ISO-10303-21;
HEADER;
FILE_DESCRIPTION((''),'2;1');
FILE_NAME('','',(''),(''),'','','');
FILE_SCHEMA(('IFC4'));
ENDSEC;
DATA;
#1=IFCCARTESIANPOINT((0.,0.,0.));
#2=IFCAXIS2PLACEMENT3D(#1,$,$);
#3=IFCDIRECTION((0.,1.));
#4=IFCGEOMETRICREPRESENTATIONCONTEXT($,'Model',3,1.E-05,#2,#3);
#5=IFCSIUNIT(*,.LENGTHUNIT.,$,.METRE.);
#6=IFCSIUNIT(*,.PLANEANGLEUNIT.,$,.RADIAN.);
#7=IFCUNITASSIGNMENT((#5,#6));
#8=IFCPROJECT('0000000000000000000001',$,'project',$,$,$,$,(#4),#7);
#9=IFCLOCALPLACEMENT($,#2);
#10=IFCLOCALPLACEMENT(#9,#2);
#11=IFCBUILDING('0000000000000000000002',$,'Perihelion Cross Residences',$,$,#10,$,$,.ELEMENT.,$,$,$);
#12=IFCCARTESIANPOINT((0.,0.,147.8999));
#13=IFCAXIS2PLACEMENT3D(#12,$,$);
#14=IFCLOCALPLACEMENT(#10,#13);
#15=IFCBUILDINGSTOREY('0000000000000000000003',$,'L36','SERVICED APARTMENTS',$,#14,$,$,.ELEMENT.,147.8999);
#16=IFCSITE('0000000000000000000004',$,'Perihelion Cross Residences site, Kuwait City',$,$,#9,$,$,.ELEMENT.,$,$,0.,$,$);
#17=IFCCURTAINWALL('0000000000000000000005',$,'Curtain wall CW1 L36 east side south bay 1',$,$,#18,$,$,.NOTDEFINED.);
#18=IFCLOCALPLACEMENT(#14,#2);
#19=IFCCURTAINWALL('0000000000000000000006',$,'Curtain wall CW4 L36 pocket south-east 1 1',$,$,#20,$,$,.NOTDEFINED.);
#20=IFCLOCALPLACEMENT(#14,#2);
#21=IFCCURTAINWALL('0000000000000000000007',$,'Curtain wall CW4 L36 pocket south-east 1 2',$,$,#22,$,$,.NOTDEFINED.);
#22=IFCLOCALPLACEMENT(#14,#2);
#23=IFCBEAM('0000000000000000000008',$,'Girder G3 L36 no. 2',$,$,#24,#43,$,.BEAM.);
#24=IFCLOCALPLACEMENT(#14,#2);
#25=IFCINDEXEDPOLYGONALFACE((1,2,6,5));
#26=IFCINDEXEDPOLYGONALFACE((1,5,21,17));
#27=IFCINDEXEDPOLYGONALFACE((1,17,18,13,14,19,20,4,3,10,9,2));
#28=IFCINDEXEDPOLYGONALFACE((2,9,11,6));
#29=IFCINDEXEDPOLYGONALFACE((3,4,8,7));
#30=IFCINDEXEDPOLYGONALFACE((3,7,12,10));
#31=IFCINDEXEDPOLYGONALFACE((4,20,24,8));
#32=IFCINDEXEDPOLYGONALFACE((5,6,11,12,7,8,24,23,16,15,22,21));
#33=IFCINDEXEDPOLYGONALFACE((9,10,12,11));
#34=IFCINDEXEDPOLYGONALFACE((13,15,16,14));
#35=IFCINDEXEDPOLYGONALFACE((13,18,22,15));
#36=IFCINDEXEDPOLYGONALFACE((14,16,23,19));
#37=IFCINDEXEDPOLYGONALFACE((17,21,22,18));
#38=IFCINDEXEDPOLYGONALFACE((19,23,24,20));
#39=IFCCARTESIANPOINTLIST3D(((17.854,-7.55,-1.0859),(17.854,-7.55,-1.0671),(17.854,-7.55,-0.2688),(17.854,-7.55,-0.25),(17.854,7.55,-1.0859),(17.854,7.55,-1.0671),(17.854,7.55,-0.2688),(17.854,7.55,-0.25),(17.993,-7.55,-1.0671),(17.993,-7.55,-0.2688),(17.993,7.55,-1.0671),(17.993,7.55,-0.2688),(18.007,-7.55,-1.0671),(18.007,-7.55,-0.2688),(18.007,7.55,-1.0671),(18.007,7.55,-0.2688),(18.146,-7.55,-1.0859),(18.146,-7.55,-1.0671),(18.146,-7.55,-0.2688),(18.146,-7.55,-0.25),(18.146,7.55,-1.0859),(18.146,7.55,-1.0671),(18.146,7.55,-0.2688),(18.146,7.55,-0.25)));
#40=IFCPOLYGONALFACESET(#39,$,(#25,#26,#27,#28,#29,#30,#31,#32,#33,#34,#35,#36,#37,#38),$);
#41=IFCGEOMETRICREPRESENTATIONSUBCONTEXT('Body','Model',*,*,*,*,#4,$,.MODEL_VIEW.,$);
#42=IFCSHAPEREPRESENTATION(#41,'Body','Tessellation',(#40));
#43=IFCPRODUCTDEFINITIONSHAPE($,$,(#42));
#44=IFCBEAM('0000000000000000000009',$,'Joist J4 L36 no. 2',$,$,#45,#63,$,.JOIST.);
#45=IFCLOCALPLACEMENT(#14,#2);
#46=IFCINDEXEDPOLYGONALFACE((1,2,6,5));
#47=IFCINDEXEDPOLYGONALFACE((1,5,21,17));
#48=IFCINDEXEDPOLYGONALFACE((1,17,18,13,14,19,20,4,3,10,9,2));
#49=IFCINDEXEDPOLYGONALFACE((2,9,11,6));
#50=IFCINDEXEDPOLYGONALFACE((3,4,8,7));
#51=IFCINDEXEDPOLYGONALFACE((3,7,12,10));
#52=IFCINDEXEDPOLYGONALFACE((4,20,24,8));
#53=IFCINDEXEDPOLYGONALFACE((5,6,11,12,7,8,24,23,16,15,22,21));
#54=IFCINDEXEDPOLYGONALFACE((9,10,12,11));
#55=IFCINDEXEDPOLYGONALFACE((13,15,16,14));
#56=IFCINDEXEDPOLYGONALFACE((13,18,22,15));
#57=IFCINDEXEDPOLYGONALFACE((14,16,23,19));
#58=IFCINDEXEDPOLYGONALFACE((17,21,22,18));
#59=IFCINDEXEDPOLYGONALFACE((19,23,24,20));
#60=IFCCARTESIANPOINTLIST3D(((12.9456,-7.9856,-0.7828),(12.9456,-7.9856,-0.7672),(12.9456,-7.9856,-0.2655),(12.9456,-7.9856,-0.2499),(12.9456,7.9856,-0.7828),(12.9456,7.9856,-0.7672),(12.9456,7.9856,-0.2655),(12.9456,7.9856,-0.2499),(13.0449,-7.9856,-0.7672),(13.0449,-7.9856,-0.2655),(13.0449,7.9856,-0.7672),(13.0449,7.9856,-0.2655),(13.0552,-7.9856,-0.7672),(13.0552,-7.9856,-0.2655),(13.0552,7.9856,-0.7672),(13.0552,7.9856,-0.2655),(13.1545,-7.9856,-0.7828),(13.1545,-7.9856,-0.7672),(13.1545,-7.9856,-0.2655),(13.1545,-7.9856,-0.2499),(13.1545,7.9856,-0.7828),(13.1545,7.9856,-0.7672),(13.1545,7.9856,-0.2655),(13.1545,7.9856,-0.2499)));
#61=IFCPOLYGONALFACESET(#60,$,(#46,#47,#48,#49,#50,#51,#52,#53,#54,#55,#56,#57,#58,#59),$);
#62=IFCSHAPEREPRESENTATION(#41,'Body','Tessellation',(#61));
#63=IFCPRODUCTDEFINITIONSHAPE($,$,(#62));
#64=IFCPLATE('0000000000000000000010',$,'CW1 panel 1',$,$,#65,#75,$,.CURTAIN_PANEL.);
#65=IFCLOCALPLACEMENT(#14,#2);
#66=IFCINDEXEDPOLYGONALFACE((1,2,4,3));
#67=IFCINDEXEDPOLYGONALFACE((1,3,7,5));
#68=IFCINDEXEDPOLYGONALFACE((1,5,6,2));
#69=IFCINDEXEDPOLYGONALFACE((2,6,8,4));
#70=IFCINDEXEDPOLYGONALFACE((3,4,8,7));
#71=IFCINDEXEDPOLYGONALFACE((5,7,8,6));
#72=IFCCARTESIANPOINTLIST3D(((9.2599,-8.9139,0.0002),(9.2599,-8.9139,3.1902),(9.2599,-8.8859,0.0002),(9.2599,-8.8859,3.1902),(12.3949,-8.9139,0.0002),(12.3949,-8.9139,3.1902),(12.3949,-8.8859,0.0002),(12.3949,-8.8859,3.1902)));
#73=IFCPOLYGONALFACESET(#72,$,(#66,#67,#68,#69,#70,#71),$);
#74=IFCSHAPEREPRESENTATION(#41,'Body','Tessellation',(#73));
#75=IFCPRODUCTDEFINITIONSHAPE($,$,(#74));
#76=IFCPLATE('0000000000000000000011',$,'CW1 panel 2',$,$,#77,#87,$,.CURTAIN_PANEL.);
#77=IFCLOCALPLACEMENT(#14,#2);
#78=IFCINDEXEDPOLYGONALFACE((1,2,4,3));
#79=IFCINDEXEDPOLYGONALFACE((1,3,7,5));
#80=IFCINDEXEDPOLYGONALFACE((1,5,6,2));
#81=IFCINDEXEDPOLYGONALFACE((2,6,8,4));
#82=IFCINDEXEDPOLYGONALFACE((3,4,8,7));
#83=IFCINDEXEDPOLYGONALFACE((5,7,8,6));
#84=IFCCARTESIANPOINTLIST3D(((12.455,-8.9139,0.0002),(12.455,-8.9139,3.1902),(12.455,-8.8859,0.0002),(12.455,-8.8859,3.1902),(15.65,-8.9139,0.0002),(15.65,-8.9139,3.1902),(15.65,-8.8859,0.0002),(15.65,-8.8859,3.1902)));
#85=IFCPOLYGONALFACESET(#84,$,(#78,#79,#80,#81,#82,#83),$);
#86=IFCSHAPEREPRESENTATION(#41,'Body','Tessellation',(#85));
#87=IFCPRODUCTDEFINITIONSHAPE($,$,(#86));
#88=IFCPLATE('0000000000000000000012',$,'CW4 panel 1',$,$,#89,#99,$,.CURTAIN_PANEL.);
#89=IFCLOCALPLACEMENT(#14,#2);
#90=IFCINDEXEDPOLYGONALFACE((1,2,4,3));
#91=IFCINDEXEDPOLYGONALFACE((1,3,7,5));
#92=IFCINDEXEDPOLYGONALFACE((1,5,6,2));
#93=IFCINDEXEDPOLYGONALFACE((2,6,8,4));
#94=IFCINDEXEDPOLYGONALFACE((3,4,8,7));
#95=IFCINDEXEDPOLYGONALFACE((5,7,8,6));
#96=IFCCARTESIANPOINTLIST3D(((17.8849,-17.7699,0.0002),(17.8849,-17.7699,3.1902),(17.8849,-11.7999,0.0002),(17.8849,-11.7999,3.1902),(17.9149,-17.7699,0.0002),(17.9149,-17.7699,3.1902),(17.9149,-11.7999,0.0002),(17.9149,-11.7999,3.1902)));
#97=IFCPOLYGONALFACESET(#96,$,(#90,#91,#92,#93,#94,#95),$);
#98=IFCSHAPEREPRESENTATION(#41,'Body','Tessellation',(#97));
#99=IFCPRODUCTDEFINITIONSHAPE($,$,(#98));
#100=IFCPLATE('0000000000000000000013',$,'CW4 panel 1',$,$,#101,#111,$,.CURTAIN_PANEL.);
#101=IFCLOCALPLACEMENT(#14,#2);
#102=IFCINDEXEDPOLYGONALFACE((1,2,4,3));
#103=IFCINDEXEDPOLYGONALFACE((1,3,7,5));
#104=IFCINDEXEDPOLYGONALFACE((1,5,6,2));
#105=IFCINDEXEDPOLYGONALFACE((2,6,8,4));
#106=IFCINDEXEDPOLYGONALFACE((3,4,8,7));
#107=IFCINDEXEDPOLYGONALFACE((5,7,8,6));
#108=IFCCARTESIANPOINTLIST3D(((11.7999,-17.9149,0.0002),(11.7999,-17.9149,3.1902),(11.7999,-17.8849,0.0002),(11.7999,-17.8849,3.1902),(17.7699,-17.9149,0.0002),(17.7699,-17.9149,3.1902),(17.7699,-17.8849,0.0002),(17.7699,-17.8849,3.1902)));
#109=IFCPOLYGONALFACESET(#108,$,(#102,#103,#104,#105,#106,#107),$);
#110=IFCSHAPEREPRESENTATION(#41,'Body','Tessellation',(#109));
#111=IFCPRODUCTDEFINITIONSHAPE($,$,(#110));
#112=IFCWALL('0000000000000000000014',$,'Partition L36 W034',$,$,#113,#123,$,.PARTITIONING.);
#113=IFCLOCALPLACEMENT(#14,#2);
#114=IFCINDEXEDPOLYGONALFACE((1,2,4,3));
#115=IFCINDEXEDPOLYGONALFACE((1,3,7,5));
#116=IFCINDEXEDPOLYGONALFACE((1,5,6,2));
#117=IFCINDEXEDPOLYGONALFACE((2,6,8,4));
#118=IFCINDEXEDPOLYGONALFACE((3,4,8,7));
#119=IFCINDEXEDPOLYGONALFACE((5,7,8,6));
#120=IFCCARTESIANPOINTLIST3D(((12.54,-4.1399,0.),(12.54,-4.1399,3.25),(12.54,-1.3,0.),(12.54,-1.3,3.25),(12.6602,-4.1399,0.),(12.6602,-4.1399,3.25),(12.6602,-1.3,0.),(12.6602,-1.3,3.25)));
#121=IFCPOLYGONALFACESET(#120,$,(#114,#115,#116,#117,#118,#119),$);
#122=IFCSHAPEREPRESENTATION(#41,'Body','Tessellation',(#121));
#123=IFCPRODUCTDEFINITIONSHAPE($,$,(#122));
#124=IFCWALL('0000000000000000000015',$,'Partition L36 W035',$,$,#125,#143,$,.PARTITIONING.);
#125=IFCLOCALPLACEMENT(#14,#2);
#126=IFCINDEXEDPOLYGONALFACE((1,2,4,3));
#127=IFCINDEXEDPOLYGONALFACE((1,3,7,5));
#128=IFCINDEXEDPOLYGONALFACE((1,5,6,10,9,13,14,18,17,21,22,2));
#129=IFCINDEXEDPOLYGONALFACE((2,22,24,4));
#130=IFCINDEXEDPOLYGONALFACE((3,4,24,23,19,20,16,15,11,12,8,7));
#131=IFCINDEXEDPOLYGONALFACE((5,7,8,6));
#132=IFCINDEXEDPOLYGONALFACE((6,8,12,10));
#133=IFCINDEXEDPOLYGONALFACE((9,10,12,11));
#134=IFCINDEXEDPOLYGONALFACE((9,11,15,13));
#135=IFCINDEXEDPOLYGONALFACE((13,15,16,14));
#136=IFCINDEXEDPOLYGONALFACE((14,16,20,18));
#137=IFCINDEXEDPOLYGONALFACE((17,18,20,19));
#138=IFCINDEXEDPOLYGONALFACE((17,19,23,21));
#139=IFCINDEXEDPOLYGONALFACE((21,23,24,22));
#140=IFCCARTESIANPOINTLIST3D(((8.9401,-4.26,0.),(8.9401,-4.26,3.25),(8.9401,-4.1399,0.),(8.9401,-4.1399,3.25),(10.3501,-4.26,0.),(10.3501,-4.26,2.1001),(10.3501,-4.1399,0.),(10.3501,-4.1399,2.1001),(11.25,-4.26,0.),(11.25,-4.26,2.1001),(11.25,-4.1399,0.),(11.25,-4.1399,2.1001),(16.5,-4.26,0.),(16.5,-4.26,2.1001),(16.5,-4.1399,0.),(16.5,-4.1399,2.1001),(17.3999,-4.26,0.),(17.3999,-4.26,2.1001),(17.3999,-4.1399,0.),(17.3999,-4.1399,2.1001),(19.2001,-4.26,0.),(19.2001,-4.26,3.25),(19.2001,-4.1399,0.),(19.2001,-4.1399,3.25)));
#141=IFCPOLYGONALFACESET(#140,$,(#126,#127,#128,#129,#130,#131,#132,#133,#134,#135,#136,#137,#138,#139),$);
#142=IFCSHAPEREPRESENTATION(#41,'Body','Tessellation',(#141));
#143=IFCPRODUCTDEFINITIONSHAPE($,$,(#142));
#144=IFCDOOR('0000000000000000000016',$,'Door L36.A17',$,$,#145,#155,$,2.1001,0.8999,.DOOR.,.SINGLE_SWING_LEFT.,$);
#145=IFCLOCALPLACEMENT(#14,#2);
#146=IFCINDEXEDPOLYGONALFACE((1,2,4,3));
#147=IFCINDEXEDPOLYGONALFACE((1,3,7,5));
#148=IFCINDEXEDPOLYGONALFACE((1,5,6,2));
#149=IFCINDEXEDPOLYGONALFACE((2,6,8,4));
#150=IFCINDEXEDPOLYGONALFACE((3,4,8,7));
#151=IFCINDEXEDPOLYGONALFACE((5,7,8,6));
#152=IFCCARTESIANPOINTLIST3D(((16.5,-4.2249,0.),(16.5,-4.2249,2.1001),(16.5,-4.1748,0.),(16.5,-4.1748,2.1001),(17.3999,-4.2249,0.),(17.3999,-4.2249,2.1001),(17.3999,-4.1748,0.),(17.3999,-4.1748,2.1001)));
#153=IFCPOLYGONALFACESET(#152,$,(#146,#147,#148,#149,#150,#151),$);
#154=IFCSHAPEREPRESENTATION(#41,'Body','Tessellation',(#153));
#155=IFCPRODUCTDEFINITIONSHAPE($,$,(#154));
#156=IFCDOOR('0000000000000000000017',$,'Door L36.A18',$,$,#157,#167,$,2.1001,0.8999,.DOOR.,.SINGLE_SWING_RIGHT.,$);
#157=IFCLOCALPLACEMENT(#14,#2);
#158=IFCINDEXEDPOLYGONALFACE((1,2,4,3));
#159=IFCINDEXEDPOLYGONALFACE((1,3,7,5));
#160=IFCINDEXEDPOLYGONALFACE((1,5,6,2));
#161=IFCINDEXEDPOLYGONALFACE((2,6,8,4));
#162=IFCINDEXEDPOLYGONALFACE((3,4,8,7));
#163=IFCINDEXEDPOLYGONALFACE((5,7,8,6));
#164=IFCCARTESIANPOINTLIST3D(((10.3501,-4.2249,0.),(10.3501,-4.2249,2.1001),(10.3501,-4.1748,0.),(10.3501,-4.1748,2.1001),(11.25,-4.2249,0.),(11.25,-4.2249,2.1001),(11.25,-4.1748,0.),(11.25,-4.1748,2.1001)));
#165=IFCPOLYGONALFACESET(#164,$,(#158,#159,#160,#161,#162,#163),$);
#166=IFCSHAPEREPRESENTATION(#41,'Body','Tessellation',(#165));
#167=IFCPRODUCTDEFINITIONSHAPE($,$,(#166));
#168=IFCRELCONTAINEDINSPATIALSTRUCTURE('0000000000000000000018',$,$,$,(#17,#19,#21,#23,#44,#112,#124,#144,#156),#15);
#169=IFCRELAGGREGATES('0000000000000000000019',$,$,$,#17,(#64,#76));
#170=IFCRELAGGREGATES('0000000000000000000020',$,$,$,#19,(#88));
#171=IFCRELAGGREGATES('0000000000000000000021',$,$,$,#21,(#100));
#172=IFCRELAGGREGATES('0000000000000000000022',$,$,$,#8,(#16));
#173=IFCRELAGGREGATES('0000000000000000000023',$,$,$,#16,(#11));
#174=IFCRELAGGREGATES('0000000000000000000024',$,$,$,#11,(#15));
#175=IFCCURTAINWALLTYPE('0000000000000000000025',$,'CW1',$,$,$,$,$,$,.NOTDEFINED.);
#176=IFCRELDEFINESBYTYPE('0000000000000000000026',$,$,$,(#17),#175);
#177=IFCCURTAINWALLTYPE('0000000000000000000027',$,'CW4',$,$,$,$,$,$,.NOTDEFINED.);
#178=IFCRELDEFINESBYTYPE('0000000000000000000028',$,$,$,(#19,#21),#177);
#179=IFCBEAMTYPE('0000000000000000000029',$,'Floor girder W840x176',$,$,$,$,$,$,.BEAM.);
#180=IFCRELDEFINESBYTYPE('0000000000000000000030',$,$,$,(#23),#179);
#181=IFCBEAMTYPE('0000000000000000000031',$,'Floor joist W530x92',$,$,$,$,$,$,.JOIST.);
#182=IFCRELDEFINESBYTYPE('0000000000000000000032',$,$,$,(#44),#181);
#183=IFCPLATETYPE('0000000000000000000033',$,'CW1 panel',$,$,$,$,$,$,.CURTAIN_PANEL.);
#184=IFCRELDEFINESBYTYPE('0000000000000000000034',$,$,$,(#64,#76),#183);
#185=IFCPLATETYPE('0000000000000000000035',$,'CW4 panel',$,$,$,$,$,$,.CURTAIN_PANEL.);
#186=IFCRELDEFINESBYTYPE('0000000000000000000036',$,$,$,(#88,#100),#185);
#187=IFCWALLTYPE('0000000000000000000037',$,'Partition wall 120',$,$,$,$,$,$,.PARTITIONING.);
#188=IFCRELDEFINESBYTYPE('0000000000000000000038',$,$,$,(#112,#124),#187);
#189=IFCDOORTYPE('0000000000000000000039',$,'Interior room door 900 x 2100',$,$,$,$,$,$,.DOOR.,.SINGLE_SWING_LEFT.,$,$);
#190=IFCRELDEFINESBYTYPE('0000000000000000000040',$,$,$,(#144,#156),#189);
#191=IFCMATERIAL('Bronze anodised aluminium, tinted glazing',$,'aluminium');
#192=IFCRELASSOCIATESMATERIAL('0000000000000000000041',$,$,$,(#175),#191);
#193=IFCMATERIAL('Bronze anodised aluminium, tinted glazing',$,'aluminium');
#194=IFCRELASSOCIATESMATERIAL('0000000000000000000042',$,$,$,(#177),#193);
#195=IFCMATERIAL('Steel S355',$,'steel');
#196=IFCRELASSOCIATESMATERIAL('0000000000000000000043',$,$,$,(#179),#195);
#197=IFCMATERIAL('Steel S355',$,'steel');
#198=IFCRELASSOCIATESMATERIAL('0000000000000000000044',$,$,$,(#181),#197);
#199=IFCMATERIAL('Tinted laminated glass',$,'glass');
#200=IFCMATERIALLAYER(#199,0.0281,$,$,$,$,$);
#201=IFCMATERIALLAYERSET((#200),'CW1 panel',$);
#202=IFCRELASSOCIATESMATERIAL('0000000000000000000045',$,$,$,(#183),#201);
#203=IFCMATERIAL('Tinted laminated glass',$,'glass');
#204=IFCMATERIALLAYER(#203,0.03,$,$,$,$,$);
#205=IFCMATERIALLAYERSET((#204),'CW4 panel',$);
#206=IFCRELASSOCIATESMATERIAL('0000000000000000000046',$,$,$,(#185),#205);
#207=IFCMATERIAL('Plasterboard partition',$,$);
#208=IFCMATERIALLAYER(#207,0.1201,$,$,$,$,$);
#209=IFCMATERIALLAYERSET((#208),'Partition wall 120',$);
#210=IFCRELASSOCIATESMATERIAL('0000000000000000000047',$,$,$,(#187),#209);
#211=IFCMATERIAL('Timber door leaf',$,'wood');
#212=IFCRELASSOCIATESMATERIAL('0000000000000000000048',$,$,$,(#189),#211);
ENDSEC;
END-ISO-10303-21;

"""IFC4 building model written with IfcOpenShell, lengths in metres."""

from ifc_helpers import new_model, si_unit, direction, frame, frame_2d, origin, origin_2d, place, context, subcontext, project, spatial, rectangle, i_section, extrude, material, layer, layer_set, material_profile, profile_set, type_object, element, fill, aggregate, save


model = new_model("IFC4")

# Units and contexts
model_context = context("Model", 3, precision=1e-05, world=origin(), true_north=direction((0.0, 1.0)))
body_context = subcontext(model_context, "Body", "Model", "MODEL_VIEW")
ifc_project = project(units=[si_unit("LENGTHUNIT", "METRE"), si_unit("PLANEANGLEUNIT", "RADIAN")], contexts=[model_context])

# Site, building, storey
site_placement = place(None, origin())
site = spatial("IfcSite", under=ifc_project, at=site_placement, Name="Perihelion Cross Residences site, Kuwait City", CompositionType="ELEMENT", RefElevation=0.0)
building_placement = place(site_placement, origin())
building = spatial("IfcBuilding", under=site, at=building_placement, Name="Perihelion Cross Residences", CompositionType="ELEMENT")
storey_placement = place(building_placement, frame((0.0, 0.0, 147.8999)))
storey = spatial("IfcBuildingStorey", under=building, at=storey_placement, Name="L36", Description="SERVICED APARTMENTS", CompositionType="ELEMENT", Elevation=147.8999)

# Curtain wall
ifc_material_1 = material(Name="Bronze anodised aluminium, tinted glazing", Category="aluminium")
curtain_wall_type_1 = type_object("IfcCurtainWallType", Name="CW1", PredefinedType="NOTDEFINED", material=ifc_material_1)
curtain_wall_1_placement = place(storey_placement, origin())
curtain_wall_1 = element("IfcCurtainWall", 1, at=curtain_wall_1_placement, inside=storey, type_object=curtain_wall_type_1, Name="Curtain wall CW1 L36 east side south bay 1", PredefinedType="NOTDEFINED")

# Curtain walls
ifc_material_2 = material(Name="Bronze anodised aluminium, tinted glazing", Category="aluminium")
curtain_wall_type_2 = type_object("IfcCurtainWallType", Name="CW4", PredefinedType="NOTDEFINED", material=ifc_material_2)
curtain_wall_2_placement = place(storey_placement, origin())
curtain_wall_2 = element("IfcCurtainWall", 2, at=curtain_wall_2_placement, inside=storey, type_object=curtain_wall_type_2, Name="Curtain wall CW4 L36 pocket south-east 1 1", PredefinedType="NOTDEFINED")
curtain_wall_3_placement = place(storey_placement, origin())
curtain_wall_3 = element("IfcCurtainWall", 3, at=curtain_wall_3_placement, inside=storey, type_object=curtain_wall_type_2, Name="Curtain wall CW4 L36 pocket south-east 1 2", PredefinedType="NOTDEFINED")

# Beams
ifc_material_3 = material(Name="Steel S355", Category="steel")
ifc_material_profile_1 = material_profile(ifc_material_3, i_section(OverallWidth=0.292, OverallDepth=0.8359, WebThickness=0.0139, FlangeThickness=0.0188, at=origin_2d()), Name="W840x176")
ifc_profile_set_1 = profile_set([ifc_material_profile_1], Name="Steel S355")
beam_type_1 = type_object("IfcBeamType", Name="Floor girder W840x176", PredefinedType="BEAM", material=ifc_profile_set_1)
beam_1_placement = place(storey_placement, frame((18.0, -7.55, -0.668), z_axis=(0.0, 1.0, 0.0), x_axis=(-1.0, 0.0, 0.0)))
element("IfcBeam", 4, at=beam_1_placement, inside=storey, type_object=beam_type_1, Name="Girder G3 L36 no. 2", PredefinedType="BEAM", context=body_context, shape_type="SweptSolid", body=[
    extrude(i_section(OverallWidth=0.292, OverallDepth=0.8359, WebThickness=0.0139, FlangeThickness=0.0188, at=origin_2d()), origin(), (0.0, 0.0, 1.0), 15.1001),
])
ifc_material_4 = material(Name="Steel S355", Category="steel")
ifc_material_profile_2 = material_profile(ifc_material_4, i_section(OverallWidth=0.209, OverallDepth=0.533, WebThickness=0.0103, FlangeThickness=0.0156, at=origin_2d()), Name="W530x92")
ifc_profile_set_2 = profile_set([ifc_material_profile_2], Name="Steel S355")
beam_type_2 = type_object("IfcBeamType", Name="Floor joist W530x92", PredefinedType="JOIST", material=ifc_profile_set_2)
beam_2_placement = place(storey_placement, frame((13.05, -7.9856, -0.5164), z_axis=(0.0, 1.0, 0.0), x_axis=(-1.0, 0.0, 0.0)))
element("IfcBeam", 5, at=beam_2_placement, inside=storey, type_object=beam_type_2, Name="Joist J4 L36 no. 2", PredefinedType="JOIST", context=body_context, shape_type="SweptSolid", body=[
    extrude(i_section(OverallWidth=0.209, OverallDepth=0.533, WebThickness=0.0103, FlangeThickness=0.0156, at=origin_2d()), origin(), (0.0, 0.0, 1.0), 15.9712),
])

# Plates
ifc_material_5 = material(Name="Tinted laminated glass", Category="glass")
ifc_layer_1 = layer(ifc_material_5, 0.0281)
ifc_layer_set_1 = layer_set([ifc_layer_1], Name="CW1 panel")
plate_type_1 = type_object("IfcPlateType", Name="CW1 panel", PredefinedType="CURTAIN_PANEL", material=ifc_layer_set_1)
plate_1_placement = place(storey_placement, frame((10.8274, -8.8999, 0.0002), z_axis=(0.0, 0.0, 1.0), x_axis=(1.0, 0.0, 0.0)))
plate_1 = element("IfcPlate", 6, at=plate_1_placement, type_object=plate_type_1, Name="CW1 panel 1", PredefinedType="CURTAIN_PANEL", context=body_context, shape_type="SweptSolid", body=[
    extrude(rectangle(XDim=3.135, YDim=0.0281, at=origin_2d()), origin(), (0.0, 0.0, 1.0), 3.1899),
])
plate_2_placement = place(storey_placement, frame((14.0525, -8.8999, 0.0002), z_axis=(0.0, 0.0, 1.0), x_axis=(1.0, 0.0, 0.0)))
plate_2 = element("IfcPlate", 7, at=plate_2_placement, type_object=plate_type_1, Name="CW1 panel 2", PredefinedType="CURTAIN_PANEL", context=body_context, shape_type="SweptSolid", body=[
    extrude(rectangle(XDim=3.1951, YDim=0.0281, at=origin_2d()), origin(), (0.0, 0.0, 1.0), 3.1899),
])
aggregate(curtain_wall_1, [plate_1, plate_2])
ifc_material_6 = material(Name="Tinted laminated glass", Category="glass")
ifc_layer_2 = layer(ifc_material_6, 0.03)
ifc_layer_set_2 = layer_set([ifc_layer_2], Name="CW4 panel")
plate_type_2 = type_object("IfcPlateType", Name="CW4 panel", PredefinedType="CURTAIN_PANEL", material=ifc_layer_set_2)
plate_3_placement = place(storey_placement, frame((17.8999, -14.7849, 0.0002), z_axis=(0.0, 0.0, 1.0), x_axis=(0.0, -1.0, 0.0)))
plate_3 = element("IfcPlate", 8, at=plate_3_placement, type_object=plate_type_2, Name="CW4 panel 1", PredefinedType="CURTAIN_PANEL", context=body_context, shape_type="SweptSolid", body=[
    extrude(rectangle(XDim=5.97, YDim=0.03, at=origin_2d()), origin(), (0.0, 0.0, 1.0), 3.1899),
])
aggregate(curtain_wall_2, [plate_3])
plate_4_placement = place(storey_placement, frame((14.7849, -17.8999, 0.0002), z_axis=(0.0, 0.0, 1.0), x_axis=(-1.0, 0.0, 0.0)))
plate_4 = element("IfcPlate", 9, at=plate_4_placement, type_object=plate_type_2, Name="CW4 panel 1", PredefinedType="CURTAIN_PANEL", context=body_context, shape_type="SweptSolid", body=[
    extrude(rectangle(XDim=5.97, YDim=0.03, at=origin_2d()), origin(), (0.0, 0.0, 1.0), 3.1899),
])
aggregate(curtain_wall_3, [plate_4])

# Wall
ifc_material_7 = material(Name="Plasterboard partition")
ifc_layer_3 = layer(ifc_material_7, 0.1201)
ifc_layer_set_3 = layer_set([ifc_layer_3], Name="Partition wall 120")
wall_type_1 = type_object("IfcWallType", Name="Partition wall 120", PredefinedType="PARTITIONING", material=ifc_layer_set_3)
wall_1_placement = place(storey_placement, frame((12.6001, -1.3, 0.0), z_axis=(0.0, 0.0, 1.0), x_axis=(0.0, -1.0, 0.0)))
element("IfcWall", 10, at=wall_1_placement, inside=storey, type_object=wall_type_1, Name="Partition L36 W034", PredefinedType="PARTITIONING", context=body_context, shape_type="SweptSolid", body=[
    extrude(rectangle(XDim=2.8398, YDim=0.1201, at=frame_2d((1.4199, 0.0))), origin(), (0.0, 0.0, 1.0), 3.25),
])

# Wall, openings, doors
wall_2_placement = place(storey_placement, frame((19.2, -4.2, 0.0), z_axis=(0.0, 0.0, 1.0), x_axis=(-1.0, 0.0, 0.0)))
wall_2 = element("IfcWall", 11, at=wall_2_placement, inside=storey, type_object=wall_type_1, Name="Partition L36 W035", PredefinedType="PARTITIONING", context=body_context, shape_type="SweptSolid", body=[
    extrude(rectangle(XDim=10.26, YDim=0.1201, at=frame_2d((5.1299, 0.0))), origin(), (0.0, 0.0, 1.0), 3.25),
])
opening_1_placement = place(wall_2_placement, frame((1.8, 0.0, 0.0)))
opening_1 = element("IfcOpeningElement", 12, at=opening_1_placement, cuts=wall_2, PredefinedType="OPENING", context=body_context, shape_type="SweptSolid", body=[
    extrude(rectangle(XDim=0.8999, YDim=2.1001, at=frame_2d((0.45, 1.05))), frame((0.0, 0.0701, 0.0), z_axis=(0.0, -1.0, 0.0), x_axis=(1.0, 0.0, 0.0)), (0.0, 0.0, 1.0), 0.1401),
])
opening_2_placement = place(wall_2_placement, frame((7.95, 0.0, 0.0)))
opening_2 = element("IfcOpeningElement", 13, at=opening_2_placement, cuts=wall_2, PredefinedType="OPENING", context=body_context, shape_type="SweptSolid", body=[
    extrude(rectangle(XDim=0.8999, YDim=2.1001, at=frame_2d((0.45, 1.05))), frame((0.0, 0.0701, 0.0), z_axis=(0.0, -1.0, 0.0), x_axis=(1.0, 0.0, 0.0)), (0.0, 0.0, 1.0), 0.1401),
])
ifc_material_8 = material(Name="Timber door leaf", Category="wood")
door_type_1 = type_object("IfcDoorType", Name="Interior room door 900 x 2100", OperationType="SINGLE_SWING_LEFT", PredefinedType="DOOR", material=ifc_material_8)
door_1_placement = place(opening_1_placement, origin())
door_1 = element("IfcDoor", 14, at=door_1_placement, inside=storey, type_object=door_type_1, Name="Door L36.A17", OperationType="SINGLE_SWING_LEFT", OverallHeight=2.1001, OverallWidth=0.8999, PredefinedType="DOOR", context=body_context, shape_type="SweptSolid", body=[
    extrude(rectangle(XDim=0.8999, YDim=2.1001, at=frame_2d((0.45, 1.05))), frame((0.0, 0.0249, 0.0), z_axis=(0.0, -1.0, 0.0), x_axis=(1.0, 0.0, 0.0)), (0.0, 0.0, 1.0), 0.05),
])
fill(opening_1, door_1)
door_2_placement = place(opening_2_placement, origin())
door_2 = element("IfcDoor", 15, at=door_2_placement, inside=storey, type_object=door_type_1, Name="Door L36.A18", OperationType="SINGLE_SWING_RIGHT", OverallHeight=2.1001, OverallWidth=0.8999, PredefinedType="DOOR", context=body_context, shape_type="SweptSolid", body=[
    extrude(rectangle(XDim=0.8999, YDim=2.1001, at=frame_2d((0.45, 1.05))), frame((0.0, 0.0249, 0.0), z_axis=(0.0, -1.0, 0.0), x_axis=(1.0, 0.0, 0.0)), (0.0, 0.0, 1.0), 0.05),
])
fill(opening_2, door_2)

save(model, "model.ifc")
